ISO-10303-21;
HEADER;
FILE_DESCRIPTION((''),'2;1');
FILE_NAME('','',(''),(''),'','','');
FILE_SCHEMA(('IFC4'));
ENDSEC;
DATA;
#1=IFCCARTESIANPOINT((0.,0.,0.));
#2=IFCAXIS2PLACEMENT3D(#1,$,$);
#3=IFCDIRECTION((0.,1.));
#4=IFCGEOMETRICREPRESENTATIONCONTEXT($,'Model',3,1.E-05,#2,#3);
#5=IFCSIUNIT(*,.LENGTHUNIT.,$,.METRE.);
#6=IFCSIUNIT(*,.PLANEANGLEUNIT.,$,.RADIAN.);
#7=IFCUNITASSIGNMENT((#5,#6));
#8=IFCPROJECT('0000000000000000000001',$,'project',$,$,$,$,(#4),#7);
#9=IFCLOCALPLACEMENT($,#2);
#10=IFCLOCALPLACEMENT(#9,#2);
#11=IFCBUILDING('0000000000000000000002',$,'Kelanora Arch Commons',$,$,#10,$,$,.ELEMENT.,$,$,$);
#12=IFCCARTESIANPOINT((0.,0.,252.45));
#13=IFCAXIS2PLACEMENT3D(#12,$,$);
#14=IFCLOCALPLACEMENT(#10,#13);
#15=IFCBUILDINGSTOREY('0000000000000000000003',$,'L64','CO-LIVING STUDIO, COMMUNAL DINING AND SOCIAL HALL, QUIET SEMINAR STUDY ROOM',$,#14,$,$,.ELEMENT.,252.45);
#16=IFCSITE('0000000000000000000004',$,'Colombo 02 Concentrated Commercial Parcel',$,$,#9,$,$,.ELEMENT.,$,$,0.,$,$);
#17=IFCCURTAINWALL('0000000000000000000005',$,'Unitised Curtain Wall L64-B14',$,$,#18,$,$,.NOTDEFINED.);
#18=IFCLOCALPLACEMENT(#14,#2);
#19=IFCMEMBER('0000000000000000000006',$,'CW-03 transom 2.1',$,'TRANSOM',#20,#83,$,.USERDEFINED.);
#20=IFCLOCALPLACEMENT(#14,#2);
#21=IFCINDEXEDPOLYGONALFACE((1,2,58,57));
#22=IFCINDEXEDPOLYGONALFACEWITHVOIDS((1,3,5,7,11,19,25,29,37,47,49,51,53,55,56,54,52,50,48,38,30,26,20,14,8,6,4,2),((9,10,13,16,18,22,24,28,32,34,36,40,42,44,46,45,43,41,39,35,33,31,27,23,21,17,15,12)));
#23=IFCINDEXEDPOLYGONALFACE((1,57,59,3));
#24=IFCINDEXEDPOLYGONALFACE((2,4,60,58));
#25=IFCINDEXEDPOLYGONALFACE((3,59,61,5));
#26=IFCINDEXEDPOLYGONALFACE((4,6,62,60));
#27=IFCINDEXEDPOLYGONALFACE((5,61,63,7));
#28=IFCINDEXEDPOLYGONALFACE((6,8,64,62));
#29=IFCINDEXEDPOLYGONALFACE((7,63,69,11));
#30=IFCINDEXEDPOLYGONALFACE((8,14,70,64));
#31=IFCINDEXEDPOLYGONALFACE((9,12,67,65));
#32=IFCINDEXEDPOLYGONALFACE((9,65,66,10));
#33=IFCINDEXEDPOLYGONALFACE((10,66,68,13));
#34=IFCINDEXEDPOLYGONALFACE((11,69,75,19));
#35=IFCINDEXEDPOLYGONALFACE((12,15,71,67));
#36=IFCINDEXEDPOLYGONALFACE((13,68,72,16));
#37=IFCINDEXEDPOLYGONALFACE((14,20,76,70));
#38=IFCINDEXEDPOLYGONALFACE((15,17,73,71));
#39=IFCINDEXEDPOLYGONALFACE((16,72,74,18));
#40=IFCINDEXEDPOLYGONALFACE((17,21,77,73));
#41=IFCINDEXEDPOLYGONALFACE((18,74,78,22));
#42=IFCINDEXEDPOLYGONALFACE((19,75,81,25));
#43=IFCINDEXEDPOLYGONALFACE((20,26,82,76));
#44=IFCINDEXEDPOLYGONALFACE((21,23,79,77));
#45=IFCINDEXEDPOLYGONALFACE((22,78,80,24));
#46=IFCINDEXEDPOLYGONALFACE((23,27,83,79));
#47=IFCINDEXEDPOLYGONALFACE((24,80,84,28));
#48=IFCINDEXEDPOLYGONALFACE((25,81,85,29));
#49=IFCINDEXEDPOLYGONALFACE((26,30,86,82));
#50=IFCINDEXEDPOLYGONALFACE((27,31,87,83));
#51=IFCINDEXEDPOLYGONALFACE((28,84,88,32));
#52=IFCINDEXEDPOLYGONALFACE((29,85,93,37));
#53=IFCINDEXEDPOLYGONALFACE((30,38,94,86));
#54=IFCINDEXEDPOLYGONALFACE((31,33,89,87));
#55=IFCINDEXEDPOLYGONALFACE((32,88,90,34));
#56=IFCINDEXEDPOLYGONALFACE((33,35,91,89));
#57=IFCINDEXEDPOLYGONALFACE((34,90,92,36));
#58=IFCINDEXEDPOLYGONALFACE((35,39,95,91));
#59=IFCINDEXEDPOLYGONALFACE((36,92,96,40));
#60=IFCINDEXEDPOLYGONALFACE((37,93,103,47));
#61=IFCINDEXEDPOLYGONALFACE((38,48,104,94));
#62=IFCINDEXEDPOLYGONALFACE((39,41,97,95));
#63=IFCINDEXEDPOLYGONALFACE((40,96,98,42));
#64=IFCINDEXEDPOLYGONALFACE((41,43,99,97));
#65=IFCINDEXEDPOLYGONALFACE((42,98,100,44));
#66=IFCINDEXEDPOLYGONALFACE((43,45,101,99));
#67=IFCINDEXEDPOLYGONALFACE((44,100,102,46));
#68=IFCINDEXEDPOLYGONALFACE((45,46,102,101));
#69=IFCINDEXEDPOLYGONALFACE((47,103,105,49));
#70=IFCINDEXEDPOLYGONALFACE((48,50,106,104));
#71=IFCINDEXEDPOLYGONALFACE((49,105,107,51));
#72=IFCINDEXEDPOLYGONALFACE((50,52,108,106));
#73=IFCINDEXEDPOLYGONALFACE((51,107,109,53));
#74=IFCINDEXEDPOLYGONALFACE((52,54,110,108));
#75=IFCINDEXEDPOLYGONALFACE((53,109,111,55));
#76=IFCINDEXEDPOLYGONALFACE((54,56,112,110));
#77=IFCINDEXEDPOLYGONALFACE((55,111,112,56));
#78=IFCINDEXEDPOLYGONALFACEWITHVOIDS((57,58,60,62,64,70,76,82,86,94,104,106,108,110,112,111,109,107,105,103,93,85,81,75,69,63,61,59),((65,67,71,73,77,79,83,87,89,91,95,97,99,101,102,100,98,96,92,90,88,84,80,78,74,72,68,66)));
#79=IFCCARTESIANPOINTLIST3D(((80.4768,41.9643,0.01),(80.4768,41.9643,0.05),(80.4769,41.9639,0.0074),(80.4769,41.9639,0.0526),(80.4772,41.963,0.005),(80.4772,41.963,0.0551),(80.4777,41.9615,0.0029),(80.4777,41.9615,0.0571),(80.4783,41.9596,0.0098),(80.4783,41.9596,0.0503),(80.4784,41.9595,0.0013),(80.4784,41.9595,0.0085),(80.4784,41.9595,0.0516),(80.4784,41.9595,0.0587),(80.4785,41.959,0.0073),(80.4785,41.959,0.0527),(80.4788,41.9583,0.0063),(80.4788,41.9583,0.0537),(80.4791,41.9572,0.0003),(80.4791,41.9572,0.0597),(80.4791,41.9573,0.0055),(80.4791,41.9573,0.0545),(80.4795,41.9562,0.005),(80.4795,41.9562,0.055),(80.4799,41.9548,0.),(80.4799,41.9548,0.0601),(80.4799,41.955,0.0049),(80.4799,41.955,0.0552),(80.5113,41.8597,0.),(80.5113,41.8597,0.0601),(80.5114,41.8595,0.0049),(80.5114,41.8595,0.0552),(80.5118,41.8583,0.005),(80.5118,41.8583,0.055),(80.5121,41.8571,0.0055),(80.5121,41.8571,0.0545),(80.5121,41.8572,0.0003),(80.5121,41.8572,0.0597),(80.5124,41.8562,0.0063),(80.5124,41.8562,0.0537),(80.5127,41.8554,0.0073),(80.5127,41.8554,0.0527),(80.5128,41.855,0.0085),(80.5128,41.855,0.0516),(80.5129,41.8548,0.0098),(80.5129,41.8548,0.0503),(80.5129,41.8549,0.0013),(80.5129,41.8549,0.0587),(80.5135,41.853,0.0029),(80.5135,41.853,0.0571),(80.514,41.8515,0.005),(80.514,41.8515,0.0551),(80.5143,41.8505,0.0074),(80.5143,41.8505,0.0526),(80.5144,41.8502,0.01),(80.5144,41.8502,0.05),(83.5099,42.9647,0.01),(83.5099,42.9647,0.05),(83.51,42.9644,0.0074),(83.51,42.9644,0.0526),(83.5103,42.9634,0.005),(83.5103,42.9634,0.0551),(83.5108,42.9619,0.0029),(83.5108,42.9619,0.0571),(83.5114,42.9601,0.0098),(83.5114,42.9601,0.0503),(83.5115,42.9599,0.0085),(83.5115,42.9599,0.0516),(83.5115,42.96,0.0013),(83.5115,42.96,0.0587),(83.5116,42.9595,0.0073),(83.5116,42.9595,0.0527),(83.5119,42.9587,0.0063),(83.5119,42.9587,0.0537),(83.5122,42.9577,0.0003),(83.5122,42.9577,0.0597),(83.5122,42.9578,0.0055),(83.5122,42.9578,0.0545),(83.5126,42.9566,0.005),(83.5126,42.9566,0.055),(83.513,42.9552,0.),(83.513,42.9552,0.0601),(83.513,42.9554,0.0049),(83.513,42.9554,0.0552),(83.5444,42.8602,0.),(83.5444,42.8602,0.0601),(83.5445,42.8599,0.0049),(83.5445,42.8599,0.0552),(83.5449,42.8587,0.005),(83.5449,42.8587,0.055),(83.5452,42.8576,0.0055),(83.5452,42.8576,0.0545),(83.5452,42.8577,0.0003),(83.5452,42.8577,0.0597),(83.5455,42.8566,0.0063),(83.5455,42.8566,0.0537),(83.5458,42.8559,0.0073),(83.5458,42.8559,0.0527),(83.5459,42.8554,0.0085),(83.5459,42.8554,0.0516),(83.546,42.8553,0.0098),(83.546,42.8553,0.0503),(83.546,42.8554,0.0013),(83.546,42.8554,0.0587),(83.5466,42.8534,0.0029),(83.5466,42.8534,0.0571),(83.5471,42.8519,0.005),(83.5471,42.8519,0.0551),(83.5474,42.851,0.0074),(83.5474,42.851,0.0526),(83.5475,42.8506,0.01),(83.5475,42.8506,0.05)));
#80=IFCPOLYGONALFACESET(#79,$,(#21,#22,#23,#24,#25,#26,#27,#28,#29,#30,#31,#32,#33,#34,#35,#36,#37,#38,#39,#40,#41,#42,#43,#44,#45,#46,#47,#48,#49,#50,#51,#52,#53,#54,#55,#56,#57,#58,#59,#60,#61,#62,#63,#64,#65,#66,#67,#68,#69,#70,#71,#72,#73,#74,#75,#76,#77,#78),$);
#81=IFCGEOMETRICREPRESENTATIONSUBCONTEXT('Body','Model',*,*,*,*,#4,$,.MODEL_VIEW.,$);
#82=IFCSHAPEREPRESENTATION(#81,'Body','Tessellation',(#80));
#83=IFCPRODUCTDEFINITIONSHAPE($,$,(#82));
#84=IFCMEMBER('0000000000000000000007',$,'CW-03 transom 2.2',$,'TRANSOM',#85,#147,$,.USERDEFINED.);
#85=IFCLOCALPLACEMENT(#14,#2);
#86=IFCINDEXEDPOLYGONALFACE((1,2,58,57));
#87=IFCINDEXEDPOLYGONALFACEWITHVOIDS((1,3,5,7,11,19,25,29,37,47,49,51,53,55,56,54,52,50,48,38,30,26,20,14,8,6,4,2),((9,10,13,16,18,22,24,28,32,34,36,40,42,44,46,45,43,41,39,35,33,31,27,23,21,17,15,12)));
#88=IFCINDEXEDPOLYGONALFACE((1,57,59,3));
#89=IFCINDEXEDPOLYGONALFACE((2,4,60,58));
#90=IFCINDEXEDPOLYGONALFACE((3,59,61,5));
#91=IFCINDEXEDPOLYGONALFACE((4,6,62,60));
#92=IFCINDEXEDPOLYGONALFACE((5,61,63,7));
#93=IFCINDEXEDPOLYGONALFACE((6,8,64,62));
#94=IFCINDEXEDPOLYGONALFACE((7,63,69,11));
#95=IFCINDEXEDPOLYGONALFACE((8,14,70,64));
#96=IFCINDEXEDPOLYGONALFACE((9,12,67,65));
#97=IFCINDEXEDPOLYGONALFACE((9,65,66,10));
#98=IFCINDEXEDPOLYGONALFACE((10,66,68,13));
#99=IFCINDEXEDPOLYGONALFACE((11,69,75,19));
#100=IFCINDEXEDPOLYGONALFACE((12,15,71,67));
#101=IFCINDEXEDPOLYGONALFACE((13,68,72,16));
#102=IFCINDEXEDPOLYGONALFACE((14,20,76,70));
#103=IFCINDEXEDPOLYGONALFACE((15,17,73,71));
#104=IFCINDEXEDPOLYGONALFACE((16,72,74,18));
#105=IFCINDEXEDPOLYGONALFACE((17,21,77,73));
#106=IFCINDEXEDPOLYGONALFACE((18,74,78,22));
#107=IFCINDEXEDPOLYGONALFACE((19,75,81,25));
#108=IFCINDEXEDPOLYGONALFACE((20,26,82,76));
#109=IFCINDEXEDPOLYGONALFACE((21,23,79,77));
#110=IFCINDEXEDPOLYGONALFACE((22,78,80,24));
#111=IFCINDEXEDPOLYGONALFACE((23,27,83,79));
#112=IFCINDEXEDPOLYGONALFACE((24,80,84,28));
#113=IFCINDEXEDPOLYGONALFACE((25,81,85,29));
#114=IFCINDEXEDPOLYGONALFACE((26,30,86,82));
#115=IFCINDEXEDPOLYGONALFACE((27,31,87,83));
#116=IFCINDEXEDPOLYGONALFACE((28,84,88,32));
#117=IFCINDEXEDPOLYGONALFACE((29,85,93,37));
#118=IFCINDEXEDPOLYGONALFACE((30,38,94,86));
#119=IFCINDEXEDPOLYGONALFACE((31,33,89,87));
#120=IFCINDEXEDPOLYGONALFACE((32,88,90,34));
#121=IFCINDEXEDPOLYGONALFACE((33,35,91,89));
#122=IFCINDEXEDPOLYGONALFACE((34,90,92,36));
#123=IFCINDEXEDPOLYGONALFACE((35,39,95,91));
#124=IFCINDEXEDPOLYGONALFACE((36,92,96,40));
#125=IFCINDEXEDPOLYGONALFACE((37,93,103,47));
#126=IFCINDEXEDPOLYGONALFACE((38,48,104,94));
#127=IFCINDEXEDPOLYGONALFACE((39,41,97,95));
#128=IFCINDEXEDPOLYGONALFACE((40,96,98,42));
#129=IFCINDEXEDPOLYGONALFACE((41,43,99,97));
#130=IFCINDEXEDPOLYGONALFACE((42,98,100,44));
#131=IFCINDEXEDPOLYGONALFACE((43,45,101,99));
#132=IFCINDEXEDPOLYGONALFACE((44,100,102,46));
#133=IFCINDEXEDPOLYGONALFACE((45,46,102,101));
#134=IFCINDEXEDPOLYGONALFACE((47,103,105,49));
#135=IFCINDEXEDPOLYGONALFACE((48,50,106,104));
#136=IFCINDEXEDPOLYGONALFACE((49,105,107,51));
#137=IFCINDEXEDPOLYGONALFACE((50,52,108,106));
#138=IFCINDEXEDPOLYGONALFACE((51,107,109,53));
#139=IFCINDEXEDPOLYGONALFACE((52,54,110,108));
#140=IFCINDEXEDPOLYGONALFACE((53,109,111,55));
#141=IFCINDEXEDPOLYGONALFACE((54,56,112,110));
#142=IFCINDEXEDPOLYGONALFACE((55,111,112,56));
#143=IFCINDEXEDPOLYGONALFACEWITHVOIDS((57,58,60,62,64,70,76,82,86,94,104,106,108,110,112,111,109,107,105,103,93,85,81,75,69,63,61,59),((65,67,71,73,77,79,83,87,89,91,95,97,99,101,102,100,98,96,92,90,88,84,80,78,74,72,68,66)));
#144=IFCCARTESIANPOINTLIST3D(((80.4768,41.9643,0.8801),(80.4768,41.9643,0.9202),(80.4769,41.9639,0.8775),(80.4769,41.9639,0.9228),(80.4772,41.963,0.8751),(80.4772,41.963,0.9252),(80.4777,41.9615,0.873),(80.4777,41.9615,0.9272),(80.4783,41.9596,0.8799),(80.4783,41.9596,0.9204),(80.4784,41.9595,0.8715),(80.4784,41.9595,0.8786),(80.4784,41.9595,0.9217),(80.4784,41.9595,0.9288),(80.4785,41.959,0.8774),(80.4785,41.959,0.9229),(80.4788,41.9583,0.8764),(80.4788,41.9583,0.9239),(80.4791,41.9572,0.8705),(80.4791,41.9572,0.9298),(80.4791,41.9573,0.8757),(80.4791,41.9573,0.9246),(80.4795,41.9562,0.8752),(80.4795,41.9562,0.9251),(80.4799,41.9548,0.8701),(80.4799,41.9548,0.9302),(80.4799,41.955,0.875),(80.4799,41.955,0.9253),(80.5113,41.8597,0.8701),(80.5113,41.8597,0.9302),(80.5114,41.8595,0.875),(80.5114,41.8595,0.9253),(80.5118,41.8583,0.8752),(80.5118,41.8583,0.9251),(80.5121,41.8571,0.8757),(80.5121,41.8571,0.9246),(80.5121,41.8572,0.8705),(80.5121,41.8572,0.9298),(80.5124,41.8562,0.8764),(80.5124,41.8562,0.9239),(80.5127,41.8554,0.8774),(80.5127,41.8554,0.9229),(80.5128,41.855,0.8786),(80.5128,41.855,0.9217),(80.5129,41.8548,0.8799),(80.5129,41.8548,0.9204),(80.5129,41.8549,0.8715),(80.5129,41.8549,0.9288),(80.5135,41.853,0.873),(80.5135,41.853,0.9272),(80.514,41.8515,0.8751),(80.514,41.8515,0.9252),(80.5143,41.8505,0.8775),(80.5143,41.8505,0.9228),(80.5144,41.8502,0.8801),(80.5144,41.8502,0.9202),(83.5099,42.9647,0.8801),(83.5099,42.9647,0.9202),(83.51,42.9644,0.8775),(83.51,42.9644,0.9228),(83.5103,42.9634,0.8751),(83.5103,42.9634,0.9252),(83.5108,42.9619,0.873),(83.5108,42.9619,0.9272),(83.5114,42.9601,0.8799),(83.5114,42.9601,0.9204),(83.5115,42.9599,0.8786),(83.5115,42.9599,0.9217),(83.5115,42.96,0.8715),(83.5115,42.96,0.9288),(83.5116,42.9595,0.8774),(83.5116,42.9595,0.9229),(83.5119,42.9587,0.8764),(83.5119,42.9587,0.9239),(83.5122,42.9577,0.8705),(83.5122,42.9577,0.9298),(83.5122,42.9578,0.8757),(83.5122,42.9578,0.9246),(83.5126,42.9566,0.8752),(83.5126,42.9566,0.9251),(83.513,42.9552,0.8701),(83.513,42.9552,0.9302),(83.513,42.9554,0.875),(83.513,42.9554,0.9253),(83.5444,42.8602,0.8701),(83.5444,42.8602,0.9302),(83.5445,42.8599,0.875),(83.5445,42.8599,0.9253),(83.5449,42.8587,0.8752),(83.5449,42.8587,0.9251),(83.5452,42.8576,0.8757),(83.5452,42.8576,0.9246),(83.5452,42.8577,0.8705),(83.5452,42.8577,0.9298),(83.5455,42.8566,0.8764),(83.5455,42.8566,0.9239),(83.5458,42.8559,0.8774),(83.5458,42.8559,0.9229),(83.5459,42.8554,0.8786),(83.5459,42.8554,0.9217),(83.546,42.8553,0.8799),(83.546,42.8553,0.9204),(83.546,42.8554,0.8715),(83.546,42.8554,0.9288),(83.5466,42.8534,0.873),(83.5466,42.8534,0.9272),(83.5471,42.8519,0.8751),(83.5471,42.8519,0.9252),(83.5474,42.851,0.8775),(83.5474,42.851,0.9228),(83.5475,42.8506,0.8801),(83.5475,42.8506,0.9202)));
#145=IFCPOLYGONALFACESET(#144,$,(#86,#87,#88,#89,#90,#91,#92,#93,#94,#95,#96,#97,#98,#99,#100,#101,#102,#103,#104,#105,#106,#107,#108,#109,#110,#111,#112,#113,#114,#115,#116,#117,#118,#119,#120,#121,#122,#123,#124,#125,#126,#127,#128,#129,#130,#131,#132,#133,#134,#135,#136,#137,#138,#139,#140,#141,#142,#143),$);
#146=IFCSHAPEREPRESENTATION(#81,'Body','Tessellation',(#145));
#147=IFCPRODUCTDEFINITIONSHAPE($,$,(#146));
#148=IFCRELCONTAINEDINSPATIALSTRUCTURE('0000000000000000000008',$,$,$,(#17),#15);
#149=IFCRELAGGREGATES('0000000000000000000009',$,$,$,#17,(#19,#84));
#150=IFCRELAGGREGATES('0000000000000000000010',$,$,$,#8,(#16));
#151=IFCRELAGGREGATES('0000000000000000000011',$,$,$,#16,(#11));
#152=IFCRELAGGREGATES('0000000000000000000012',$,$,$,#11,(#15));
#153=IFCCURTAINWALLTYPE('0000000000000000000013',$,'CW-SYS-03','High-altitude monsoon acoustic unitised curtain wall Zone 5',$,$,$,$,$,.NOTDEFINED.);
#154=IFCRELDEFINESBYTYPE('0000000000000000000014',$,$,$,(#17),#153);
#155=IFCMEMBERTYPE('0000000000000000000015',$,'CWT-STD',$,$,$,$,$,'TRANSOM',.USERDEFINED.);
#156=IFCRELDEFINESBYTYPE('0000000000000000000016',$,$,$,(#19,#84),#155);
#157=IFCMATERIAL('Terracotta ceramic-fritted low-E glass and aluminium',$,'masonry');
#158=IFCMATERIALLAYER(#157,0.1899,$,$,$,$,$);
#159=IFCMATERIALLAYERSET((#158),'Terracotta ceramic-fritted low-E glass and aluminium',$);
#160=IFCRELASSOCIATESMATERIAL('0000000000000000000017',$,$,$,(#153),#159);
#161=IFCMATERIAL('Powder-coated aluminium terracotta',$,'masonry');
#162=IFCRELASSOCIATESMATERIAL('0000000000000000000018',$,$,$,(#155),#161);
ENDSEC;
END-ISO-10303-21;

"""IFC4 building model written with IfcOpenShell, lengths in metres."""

from ifc_helpers import new_model, si_unit, direction, frame, origin, origin_2d, place, context, subcontext, project, spatial, hollow_rectangle, extrude, material, layer, layer_set, material_profile, profile_set, type_object, element, aggregate, save


model = new_model("IFC4")

# Units and contexts
model_context = context("Model", 3, precision=1e-05, world=origin(), true_north=direction((0.0, 1.0)))
body_context = subcontext(model_context, "Body", "Model", "MODEL_VIEW")
ifc_project = project(units=[si_unit("LENGTHUNIT", "METRE"), si_unit("PLANEANGLEUNIT", "RADIAN")], contexts=[model_context])

# Site, building, storey
site_placement = place(None, origin())
site = spatial("IfcSite", under=ifc_project, at=site_placement, Name="Colombo 02 Concentrated Commercial Parcel", CompositionType="ELEMENT", RefElevation=0.0)
building_placement = place(site_placement, origin())
building = spatial("IfcBuilding", under=site, at=building_placement, Name="Kelanora Arch Commons", CompositionType="ELEMENT")
storey_placement = place(building_placement, frame((0.0, 0.0, 252.45)))
storey = spatial("IfcBuildingStorey", under=building, at=storey_placement, Name="L64", Description="CO-LIVING STUDIO, COMMUNAL DINING AND SOCIAL HALL, QUIET SEMINAR STUDY ROOM", CompositionType="ELEMENT", Elevation=252.45)

# Curtain wall, members
ifc_material_1 = material(Name="Terracotta ceramic-fritted low-E glass and aluminium", Category="masonry")
ifc_layer_1 = layer(ifc_material_1, 0.1899)
ifc_layer_set_1 = layer_set([ifc_layer_1], Name="Terracotta ceramic-fritted low-E glass and aluminium")
curtain_wall_type = type_object("IfcCurtainWallType", Name="CW-SYS-03", Description="High-altitude monsoon acoustic unitised curtain wall Zone 5", PredefinedType="NOTDEFINED", material=ifc_layer_set_1)
curtain_wall_placement = place(storey_placement, origin())
curtain_wall = element("IfcCurtainWall", 1, at=curtain_wall_placement, inside=storey, type_object=curtain_wall_type, Name="Unitised Curtain Wall L64-B14", PredefinedType="NOTDEFINED")
ifc_material_2 = material(Name="Powder-coated aluminium terracotta", Category="masonry")
ifc_material_profile_1 = material_profile(ifc_material_2, hollow_rectangle(XDim=0.1201, YDim=0.0601, WallThickness=0.0049, InnerFilletRadius=0.0049, OuterFilletRadius=0.01, at=origin_2d()), Name="CWT120x60")
ifc_profile_set_1 = profile_set([ifc_material_profile_1], Name="Powder-coated aluminium terracotta")
member_type_1 = type_object("IfcMemberType", Name="CWT-STD", ElementType="TRANSOM", PredefinedType="USERDEFINED", material=ifc_profile_set_1)
member_1_placement = place(storey_placement, frame((80.4956, 41.9072, 0.03), z_axis=(0.949672, 0.313245, 0.0), x_axis=(-0.313245, 0.949672, 0.0)))
member_1 = element("IfcMember", 2, at=member_1_placement, type_object=member_type_1, Name="CW-03 transom 2.1", ObjectType="TRANSOM", PredefinedType="USERDEFINED", context=body_context, shape_type="SweptSolid", body=[
    extrude(hollow_rectangle(XDim=0.1201, YDim=0.0601, WallThickness=0.0049, InnerFilletRadius=0.0049, OuterFilletRadius=0.01, at=origin_2d()), origin(), (0.0, 0.0, 1.0), 3.1938),
])
member_2_placement = place(storey_placement, frame((80.4956, 41.9072, 0.9001), z_axis=(0.949672, 0.313245, 0.0), x_axis=(-0.313245, 0.949672, 0.0)))
member_2 = element("IfcMember", 3, at=member_2_placement, type_object=member_type_1, Name="CW-03 transom 2.2", ObjectType="TRANSOM", PredefinedType="USERDEFINED", context=body_context, shape_type="SweptSolid", body=[
    extrude(hollow_rectangle(XDim=0.1201, YDim=0.0601, WallThickness=0.0049, InnerFilletRadius=0.0049, OuterFilletRadius=0.01, at=origin_2d()), origin(), (0.0, 0.0, 1.0), 3.1938),
])
aggregate(curtain_wall, [member_1, member_2])

save(model, "model.ifc")
